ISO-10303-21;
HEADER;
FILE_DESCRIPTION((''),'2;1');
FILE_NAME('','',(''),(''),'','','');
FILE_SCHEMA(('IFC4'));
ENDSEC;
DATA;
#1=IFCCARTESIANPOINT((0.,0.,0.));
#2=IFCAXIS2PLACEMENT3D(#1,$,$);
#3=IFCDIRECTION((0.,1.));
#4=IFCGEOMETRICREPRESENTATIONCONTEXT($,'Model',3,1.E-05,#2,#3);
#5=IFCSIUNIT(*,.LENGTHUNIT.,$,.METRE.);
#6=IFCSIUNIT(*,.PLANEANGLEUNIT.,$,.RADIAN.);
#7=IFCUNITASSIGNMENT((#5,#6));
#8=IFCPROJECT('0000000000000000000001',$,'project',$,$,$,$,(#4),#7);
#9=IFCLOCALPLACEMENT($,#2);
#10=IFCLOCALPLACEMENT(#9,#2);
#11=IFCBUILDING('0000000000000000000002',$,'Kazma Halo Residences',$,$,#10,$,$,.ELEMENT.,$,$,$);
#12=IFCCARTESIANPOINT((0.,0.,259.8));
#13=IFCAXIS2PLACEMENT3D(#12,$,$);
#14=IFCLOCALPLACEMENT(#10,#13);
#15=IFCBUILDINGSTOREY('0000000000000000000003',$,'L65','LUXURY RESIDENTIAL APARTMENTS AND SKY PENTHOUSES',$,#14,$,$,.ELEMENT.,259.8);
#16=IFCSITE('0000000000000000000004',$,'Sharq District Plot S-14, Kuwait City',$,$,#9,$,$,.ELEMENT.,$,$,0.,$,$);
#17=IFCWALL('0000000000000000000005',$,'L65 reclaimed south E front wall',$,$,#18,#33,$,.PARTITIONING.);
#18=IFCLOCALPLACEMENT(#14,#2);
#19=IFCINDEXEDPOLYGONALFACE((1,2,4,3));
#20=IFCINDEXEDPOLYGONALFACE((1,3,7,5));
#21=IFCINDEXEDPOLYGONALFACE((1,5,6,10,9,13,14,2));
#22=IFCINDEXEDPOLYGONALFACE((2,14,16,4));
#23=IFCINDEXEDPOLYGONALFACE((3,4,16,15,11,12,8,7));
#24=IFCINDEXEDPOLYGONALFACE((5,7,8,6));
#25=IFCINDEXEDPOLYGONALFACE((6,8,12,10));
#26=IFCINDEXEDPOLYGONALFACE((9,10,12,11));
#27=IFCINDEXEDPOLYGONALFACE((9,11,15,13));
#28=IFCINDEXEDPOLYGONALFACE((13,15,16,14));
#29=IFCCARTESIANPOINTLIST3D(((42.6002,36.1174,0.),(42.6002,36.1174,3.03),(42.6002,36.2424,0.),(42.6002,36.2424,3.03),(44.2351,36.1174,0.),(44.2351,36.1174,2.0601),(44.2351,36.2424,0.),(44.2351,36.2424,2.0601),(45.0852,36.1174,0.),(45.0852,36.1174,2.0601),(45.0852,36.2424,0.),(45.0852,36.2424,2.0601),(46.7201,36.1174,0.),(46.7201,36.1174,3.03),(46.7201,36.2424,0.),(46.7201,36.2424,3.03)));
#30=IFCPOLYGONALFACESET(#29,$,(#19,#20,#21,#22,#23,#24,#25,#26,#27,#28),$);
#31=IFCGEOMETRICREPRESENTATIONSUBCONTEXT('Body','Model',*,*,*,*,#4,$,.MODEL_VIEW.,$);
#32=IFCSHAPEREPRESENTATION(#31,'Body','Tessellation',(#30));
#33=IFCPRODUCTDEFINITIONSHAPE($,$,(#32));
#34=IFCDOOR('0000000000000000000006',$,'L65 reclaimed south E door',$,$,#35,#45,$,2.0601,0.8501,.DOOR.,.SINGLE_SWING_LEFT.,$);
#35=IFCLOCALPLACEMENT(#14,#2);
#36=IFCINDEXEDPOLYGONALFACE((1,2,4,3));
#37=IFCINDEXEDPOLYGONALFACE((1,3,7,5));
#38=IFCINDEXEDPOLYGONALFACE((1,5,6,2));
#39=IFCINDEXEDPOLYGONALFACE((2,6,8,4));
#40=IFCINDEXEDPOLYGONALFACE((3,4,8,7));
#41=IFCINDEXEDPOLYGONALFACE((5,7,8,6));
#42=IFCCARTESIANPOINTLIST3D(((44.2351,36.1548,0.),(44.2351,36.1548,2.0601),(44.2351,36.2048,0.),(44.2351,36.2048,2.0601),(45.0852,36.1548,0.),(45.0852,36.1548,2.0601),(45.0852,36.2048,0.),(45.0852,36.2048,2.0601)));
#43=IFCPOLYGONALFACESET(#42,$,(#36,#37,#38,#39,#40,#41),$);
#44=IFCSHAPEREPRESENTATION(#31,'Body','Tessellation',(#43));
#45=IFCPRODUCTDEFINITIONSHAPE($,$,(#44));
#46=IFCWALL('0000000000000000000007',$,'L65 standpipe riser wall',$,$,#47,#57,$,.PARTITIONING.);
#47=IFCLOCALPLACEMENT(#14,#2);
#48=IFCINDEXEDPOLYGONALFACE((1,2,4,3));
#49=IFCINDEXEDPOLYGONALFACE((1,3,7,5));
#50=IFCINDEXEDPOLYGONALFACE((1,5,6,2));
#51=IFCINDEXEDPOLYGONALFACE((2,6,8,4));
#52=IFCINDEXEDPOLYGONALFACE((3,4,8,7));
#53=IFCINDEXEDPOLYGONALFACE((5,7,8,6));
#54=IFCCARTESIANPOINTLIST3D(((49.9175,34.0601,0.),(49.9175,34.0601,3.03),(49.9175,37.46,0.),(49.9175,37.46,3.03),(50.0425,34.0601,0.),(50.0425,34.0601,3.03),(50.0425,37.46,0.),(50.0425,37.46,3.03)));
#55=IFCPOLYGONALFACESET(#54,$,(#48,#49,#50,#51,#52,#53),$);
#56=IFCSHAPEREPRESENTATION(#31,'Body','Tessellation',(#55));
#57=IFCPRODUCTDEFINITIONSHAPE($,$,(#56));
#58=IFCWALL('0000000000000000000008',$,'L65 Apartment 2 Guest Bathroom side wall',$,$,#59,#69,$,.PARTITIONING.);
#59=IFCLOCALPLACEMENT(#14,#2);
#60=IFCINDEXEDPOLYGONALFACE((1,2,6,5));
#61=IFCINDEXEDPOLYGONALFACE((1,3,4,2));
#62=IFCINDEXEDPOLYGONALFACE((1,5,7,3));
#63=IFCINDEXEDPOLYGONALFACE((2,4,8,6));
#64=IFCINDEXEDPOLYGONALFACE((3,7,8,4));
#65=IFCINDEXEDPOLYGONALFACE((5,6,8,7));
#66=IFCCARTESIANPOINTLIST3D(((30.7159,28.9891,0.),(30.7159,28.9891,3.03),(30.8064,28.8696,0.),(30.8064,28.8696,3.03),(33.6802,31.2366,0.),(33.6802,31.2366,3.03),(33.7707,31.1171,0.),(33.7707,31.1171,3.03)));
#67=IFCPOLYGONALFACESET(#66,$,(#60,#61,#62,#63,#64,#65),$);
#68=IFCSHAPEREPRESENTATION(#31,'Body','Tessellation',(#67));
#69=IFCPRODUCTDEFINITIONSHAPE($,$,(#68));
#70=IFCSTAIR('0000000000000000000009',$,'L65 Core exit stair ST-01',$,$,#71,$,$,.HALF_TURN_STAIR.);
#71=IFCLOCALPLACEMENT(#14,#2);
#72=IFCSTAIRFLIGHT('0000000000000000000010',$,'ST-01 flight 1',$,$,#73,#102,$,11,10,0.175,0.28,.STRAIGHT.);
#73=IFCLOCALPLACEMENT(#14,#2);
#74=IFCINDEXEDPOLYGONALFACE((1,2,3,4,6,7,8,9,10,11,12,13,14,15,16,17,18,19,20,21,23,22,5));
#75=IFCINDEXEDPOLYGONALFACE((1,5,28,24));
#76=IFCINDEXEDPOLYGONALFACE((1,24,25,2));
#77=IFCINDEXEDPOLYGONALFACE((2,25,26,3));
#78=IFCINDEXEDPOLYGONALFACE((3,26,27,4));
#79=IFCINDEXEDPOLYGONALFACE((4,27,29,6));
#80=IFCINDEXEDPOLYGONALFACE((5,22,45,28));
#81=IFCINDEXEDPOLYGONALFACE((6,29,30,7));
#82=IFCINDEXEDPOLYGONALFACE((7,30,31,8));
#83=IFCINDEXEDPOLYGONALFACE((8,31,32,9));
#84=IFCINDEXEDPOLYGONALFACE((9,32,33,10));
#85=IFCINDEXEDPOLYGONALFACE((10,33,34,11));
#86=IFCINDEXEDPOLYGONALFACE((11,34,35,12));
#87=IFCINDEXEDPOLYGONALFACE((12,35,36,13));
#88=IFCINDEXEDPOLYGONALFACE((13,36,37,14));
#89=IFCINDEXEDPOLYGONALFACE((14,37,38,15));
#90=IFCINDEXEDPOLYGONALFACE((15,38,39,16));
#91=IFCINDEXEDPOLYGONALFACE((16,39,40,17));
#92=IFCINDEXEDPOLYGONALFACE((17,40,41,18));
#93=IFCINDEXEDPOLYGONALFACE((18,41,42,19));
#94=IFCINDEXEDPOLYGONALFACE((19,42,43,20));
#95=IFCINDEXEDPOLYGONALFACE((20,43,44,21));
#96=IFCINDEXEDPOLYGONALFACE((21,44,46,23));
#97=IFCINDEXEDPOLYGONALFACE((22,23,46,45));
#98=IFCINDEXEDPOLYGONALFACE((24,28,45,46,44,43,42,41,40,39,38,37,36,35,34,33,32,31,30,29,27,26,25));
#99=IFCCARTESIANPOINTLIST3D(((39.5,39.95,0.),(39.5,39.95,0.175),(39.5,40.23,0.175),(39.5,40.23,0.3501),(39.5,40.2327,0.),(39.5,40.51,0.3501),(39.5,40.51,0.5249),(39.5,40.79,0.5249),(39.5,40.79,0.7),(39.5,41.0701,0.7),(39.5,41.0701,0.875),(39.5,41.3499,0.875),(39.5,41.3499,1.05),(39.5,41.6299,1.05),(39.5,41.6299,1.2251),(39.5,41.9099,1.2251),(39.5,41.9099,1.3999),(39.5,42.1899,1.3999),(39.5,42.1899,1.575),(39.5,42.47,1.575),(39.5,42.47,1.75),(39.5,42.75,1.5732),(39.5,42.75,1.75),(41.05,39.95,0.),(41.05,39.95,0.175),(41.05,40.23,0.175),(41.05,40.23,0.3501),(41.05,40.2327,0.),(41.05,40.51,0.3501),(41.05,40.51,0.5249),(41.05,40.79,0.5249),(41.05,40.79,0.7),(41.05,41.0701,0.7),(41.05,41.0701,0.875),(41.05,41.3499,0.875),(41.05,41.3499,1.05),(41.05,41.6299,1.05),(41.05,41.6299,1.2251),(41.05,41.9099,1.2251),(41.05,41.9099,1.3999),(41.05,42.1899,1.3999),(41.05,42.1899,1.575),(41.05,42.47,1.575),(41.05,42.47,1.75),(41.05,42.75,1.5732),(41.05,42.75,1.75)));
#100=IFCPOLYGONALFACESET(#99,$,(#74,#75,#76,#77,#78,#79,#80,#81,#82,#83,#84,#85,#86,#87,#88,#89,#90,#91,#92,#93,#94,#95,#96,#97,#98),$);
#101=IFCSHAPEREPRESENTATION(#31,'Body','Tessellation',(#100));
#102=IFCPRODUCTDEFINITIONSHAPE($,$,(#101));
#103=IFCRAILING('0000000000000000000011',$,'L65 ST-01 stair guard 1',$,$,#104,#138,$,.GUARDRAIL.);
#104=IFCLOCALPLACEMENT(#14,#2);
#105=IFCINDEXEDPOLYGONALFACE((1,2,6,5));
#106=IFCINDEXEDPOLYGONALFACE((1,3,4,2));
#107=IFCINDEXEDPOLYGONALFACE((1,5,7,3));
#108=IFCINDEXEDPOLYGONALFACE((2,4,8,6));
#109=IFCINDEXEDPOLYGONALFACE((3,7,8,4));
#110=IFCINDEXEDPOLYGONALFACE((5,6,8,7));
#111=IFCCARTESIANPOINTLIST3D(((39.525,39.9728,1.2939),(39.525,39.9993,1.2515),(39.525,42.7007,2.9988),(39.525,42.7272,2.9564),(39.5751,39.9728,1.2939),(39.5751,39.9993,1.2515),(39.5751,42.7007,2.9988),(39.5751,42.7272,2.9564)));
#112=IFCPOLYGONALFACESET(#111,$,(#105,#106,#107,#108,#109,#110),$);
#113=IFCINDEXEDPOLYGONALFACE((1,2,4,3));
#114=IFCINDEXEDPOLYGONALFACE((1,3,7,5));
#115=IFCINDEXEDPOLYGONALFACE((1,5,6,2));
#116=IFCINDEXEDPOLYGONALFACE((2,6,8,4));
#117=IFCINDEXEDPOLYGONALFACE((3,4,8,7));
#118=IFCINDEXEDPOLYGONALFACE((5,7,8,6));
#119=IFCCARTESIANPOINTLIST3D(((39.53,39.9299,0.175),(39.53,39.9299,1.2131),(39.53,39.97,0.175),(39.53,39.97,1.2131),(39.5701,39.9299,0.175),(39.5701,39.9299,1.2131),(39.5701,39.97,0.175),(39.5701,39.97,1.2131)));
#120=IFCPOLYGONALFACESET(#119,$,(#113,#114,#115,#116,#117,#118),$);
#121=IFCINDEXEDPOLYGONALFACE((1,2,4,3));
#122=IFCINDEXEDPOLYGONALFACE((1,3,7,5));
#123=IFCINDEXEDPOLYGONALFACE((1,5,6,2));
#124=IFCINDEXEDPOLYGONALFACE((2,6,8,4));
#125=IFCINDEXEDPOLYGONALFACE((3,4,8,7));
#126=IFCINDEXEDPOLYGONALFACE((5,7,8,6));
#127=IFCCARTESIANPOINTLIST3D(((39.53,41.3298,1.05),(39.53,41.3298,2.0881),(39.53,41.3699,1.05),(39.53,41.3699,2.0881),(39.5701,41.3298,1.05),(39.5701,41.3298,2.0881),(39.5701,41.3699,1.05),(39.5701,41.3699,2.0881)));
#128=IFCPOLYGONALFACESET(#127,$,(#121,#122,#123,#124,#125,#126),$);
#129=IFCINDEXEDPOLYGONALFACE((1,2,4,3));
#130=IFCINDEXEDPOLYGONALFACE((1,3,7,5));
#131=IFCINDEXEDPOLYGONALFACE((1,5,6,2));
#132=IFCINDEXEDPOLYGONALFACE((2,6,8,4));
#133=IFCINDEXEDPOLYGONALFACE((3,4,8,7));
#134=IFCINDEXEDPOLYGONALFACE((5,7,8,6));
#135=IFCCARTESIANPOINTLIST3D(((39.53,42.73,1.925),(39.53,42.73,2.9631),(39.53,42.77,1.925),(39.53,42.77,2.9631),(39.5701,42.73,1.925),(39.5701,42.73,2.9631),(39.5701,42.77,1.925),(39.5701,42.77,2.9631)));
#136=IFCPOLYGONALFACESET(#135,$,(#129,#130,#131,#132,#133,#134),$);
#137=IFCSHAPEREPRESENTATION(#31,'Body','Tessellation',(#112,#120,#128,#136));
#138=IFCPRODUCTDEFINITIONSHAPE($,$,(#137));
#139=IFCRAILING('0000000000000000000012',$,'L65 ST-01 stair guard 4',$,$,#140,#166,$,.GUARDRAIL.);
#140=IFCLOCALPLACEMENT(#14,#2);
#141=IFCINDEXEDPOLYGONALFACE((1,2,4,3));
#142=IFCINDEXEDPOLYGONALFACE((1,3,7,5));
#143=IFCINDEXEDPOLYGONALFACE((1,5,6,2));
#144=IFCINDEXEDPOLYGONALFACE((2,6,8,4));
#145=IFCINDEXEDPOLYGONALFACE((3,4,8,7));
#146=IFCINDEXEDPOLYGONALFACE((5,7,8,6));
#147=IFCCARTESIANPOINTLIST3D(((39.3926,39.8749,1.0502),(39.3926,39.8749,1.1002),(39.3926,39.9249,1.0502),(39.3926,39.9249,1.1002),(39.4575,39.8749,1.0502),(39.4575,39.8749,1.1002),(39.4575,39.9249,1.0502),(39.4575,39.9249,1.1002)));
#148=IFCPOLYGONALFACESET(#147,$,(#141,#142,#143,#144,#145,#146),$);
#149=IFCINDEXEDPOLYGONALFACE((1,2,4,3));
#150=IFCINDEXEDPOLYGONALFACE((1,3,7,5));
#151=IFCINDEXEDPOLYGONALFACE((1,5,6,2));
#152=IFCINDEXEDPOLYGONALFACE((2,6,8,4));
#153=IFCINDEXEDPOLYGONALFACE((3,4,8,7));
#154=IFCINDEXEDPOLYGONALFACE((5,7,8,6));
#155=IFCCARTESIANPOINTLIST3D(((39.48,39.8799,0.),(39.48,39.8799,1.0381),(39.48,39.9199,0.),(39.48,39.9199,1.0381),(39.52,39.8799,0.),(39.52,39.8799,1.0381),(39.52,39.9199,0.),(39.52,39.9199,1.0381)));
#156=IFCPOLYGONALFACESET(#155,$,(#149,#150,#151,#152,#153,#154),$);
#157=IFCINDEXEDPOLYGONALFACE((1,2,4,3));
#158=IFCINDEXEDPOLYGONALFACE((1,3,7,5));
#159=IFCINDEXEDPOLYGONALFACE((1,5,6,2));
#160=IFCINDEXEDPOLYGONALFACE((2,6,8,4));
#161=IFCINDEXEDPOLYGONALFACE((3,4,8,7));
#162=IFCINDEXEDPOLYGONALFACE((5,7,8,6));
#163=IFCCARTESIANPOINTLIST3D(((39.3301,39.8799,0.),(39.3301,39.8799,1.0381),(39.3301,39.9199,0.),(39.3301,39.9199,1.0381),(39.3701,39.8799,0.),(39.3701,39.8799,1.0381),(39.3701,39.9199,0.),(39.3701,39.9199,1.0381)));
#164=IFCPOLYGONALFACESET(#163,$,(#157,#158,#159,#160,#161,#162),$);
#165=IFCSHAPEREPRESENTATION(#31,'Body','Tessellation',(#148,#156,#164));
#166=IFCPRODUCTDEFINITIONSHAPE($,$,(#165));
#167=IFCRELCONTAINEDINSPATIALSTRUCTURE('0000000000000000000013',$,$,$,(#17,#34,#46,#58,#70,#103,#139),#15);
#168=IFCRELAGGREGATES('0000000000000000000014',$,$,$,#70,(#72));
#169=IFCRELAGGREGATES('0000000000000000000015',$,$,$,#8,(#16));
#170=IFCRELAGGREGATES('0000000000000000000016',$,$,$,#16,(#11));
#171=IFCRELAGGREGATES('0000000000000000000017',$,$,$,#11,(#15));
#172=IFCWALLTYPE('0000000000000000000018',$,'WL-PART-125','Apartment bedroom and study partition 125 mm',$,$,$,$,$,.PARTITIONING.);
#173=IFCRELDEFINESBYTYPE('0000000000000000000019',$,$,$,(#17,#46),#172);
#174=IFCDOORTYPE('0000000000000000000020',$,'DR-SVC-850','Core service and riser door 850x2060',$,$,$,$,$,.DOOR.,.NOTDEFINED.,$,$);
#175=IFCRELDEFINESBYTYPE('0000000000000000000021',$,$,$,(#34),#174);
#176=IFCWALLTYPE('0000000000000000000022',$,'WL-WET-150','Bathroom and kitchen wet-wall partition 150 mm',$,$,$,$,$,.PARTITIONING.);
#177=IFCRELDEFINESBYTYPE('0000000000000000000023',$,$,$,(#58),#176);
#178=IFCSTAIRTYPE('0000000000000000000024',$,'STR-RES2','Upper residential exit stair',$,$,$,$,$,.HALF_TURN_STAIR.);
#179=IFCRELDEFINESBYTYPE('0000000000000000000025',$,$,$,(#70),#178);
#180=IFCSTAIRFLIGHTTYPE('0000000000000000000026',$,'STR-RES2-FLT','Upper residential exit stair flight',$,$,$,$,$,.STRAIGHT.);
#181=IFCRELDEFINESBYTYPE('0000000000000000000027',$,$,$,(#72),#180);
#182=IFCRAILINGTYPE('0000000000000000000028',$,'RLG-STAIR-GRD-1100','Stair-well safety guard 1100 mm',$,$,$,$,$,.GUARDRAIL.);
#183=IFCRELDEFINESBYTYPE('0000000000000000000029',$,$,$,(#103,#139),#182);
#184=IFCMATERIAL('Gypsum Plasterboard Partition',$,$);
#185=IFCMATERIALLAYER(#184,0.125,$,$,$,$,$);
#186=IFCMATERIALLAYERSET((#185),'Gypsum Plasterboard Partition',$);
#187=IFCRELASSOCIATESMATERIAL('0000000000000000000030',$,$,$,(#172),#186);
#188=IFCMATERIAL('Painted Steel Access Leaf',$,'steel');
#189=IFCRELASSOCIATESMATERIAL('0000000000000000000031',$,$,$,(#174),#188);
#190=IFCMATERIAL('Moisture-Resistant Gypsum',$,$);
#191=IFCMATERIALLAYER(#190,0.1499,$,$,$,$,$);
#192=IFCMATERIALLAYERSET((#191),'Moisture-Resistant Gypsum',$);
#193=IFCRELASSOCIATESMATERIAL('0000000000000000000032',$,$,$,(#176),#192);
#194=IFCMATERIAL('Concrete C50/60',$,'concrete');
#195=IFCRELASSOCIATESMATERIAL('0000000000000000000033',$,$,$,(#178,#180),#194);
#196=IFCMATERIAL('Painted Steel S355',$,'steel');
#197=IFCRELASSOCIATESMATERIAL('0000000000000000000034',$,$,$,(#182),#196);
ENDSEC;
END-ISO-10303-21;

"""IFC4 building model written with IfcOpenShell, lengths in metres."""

from ifc_helpers import new_model, si_unit, direction, frame, frame_2d, origin, origin_2d, place, context, subcontext, project, spatial, polyline, rectangle, outline, extrude, material, layer, layer_set, type_object, element, fill, aggregate, save


model = new_model("IFC4")

# Units and contexts
model_context = context("Model", 3, precision=1e-05, world=origin(), true_north=direction((0.0, 1.0)))
body_context = subcontext(model_context, "Body", "Model", "MODEL_VIEW")
ifc_project = project(units=[si_unit("LENGTHUNIT", "METRE"), si_unit("PLANEANGLEUNIT", "RADIAN")], contexts=[model_context])

# Site, building, storey
site_placement = place(None, origin())
site = spatial("IfcSite", under=ifc_project, at=site_placement, Name="Sharq District Plot S-14, Kuwait City", CompositionType="ELEMENT", RefElevation=0.0)
building_placement = place(site_placement, origin())
building = spatial("IfcBuilding", under=site, at=building_placement, Name="Kazma Halo Residences", CompositionType="ELEMENT")
storey_placement = place(building_placement, frame((0.0, 0.0, 259.8)))
storey = spatial("IfcBuildingStorey", under=building, at=storey_placement, Name="L65", Description="LUXURY RESIDENTIAL APARTMENTS AND SKY PENTHOUSES", CompositionType="ELEMENT", Elevation=259.8)

# Shared definitions
ifc_material_1 = material(Name="Gypsum Plasterboard Partition")
ifc_layer_1 = layer(ifc_material_1, 0.125)
ifc_layer_set_1 = layer_set([ifc_layer_1], Name="Gypsum Plasterboard Partition")
wall_type_1 = type_object("IfcWallType", Name="WL-PART-125", Description="Apartment bedroom and study partition 125 mm", PredefinedType="PARTITIONING", material=ifc_layer_set_1)

# Wall, opening, door
ifc_material_2 = material(Name="Painted Steel Access Leaf", Category="steel")
door_type_1 = type_object("IfcDoorType", Name="DR-SVC-850", Description="Core service and riser door 850x2060", OperationType="NOTDEFINED", PredefinedType="DOOR", material=ifc_material_2)
wall_1_placement = place(storey_placement, frame((42.6001, 36.1799, 0.0), z_axis=(0.0, 0.0, 1.0), x_axis=(1.0, 0.0, 0.0)))
wall_1 = element("IfcWall", 1, at=wall_1_placement, inside=storey, type_object=wall_type_1, Name="L65 reclaimed south E front wall", PredefinedType="PARTITIONING", context=body_context, shape_type="SweptSolid", body=[
    extrude(rectangle(XDim=4.1199, YDim=0.125, at=frame_2d((2.0601, 0.0))), origin(), (0.0, 0.0, 1.0), 3.03),
])
opening_1_placement = place(wall_1_placement, frame((1.635, 0.0, 0.0)))
opening_1 = element("IfcOpeningElement", 2, at=opening_1_placement, cuts=wall_1, PredefinedType="OPENING", context=body_context, shape_type="SweptSolid", body=[
    extrude(rectangle(XDim=0.8501, YDim=2.0601, at=frame_2d((0.425, 1.03))), frame((0.0, 0.0725, 0.0), z_axis=(0.0, -1.0, 0.0), x_axis=(1.0, 0.0, 0.0)), (0.0, 0.0, 1.0), 0.145),
])
door_1_placement = place(opening_1_placement, origin())
door_1 = element("IfcDoor", 3, at=door_1_placement, inside=storey, type_object=door_type_1, Name="L65 reclaimed south E door", OperationType="SINGLE_SWING_LEFT", OverallHeight=2.0601, OverallWidth=0.8501, PredefinedType="DOOR", context=body_context, shape_type="SweptSolid", body=[
    extrude(rectangle(XDim=0.8501, YDim=2.0601, at=frame_2d((0.425, 1.03))), frame((0.0, 0.0249, 0.0), z_axis=(0.0, -1.0, 0.0), x_axis=(1.0, 0.0, 0.0)), (0.0, 0.0, 1.0), 0.05),
])
fill(opening_1, door_1)

# Wall
wall_2_placement = place(storey_placement, frame((49.98, 34.0601, 0.0), z_axis=(0.0, 0.0, 1.0), x_axis=(0.0, 1.0, 0.0)))
element("IfcWall", 4, at=wall_2_placement, inside=storey, type_object=wall_type_1, Name="L65 standpipe riser wall", PredefinedType="PARTITIONING", context=body_context, shape_type="SweptSolid", body=[
    extrude(rectangle(XDim=3.3999, YDim=0.125, at=frame_2d((1.7, 0.0))), origin(), (0.0, 0.0, 1.0), 3.03),
])

# Shared definitions
ifc_material_3 = material(Name="Concrete C50/60", Category="concrete")

# Wall
ifc_material_4 = material(Name="Moisture-Resistant Gypsum")
ifc_layer_2 = layer(ifc_material_4, 0.1499)
ifc_layer_set_2 = layer_set([ifc_layer_2], Name="Moisture-Resistant Gypsum")
wall_type_2 = type_object("IfcWallType", Name="WL-WET-150", Description="Bathroom and kitchen wet-wall partition 150 mm", PredefinedType="PARTITIONING", material=ifc_layer_set_2)
wall_3_placement = place(storey_placement, frame((33.7253, 31.1768, 0.0), z_axis=(0.0, 0.0, 1.0), x_axis=(-0.796855, -0.604171, 0.0)))
element("IfcWall", 5, at=wall_3_placement, inside=storey, type_object=wall_type_2, Name="L65 Apartment 2 Guest Bathroom side wall", PredefinedType="PARTITIONING", context=body_context, shape_type="SweptSolid", body=[
    extrude(rectangle(XDim=3.72, YDim=0.1499, at=frame_2d((1.8599, 0.0))), origin(), (0.0, 0.0, 1.0), 3.03),
])

# Stair, stair flight
stair_type = type_object("IfcStairType", Name="STR-RES2", Description="Upper residential exit stair", PredefinedType="HALF_TURN_STAIR", material=ifc_material_3)
stair_placement = place(storey_placement, origin())
stair = element("IfcStair", 6, at=stair_placement, inside=storey, type_object=stair_type, Name="L65 Core exit stair ST-01", PredefinedType="HALF_TURN_STAIR")
stair_flight_type = type_object("IfcStairFlightType", Name="STR-RES2-FLT", Description="Upper residential exit stair flight", PredefinedType="STRAIGHT", material=ifc_material_3)
stair_flight_placement = place(storey_placement, frame((40.2749, 39.95, 0.0), z_axis=(0.0, 0.0, 1.0), x_axis=(0.0, 1.0, 0.0)))
stair_flight = element("IfcStairFlight", 7, at=stair_flight_placement, type_object=stair_flight_type, Name="ST-01 flight 1", NumberOfRisers=11, NumberOfTreads=10, PredefinedType="STRAIGHT", RiserHeight=0.175, TreadLength=0.28, context=body_context, shape_type="SweptSolid", body=[
    extrude(outline(polyline([(0.0, 0.0), (0.0, 0.175), (0.28, 0.175), (0.28, 0.3501), (0.5601, 0.3501), (0.5601, 0.5249), (0.8401, 0.5249), (0.8401, 0.7), (1.1201, 0.7), (1.1201, 0.875), (1.3999, 0.875), (1.3999, 1.05), (1.6799, 1.05), (1.6799, 1.2251), (1.96, 1.2251), (1.96, 1.3999), (2.24, 1.3999), (2.24, 1.575), (2.52, 1.575), (2.52, 1.75), (2.8, 1.75), (2.8, 1.925), (2.8, 1.5732), (0.2827, 0.0), (0.0, 0.0)])), frame((0.0, 0.7749, 0.0), z_axis=(0.0, -1.0, 0.0), x_axis=(1.0, 0.0, 0.0)), (0.0, 0.0, 1.0), 1.55),
])
aggregate(stair, [stair_flight])

# Railings
ifc_material_5 = material(Name="Painted Steel S355", Category="steel")
railing_type = type_object("IfcRailingType", Name="RLG-STAIR-GRD-1100", Description="Stair-well safety guard 1100 mm", PredefinedType="GUARDRAIL", material=ifc_material_5)
railing_1_placement = place(storey_placement, frame((39.55, 39.95, 0.175)))
element("IfcRailing", 8, at=railing_1_placement, inside=storey, type_object=railing_type, Name="L65 ST-01 stair guard 1", PredefinedType="GUARDRAIL", context=body_context, shape_type="SweptSolid", body=[
    extrude(rectangle(XDim=0.05, YDim=0.05, at=origin_2d()), frame((0.0, 0.0361, 1.0977), z_axis=(0.0, 0.848002, 0.529992), x_axis=(-1.0, 0.0, 0.0)), (0.0, 0.0, 1.0), 3.2168),
    extrude(rectangle(XDim=0.04, YDim=0.04, at=origin_2d()), origin(), (0.0, 0.0, 1.0), 1.0381),
    extrude(rectangle(XDim=0.04, YDim=0.04, at=origin_2d()), frame((0.0, 1.3999, 0.875)), (0.0, 0.0, 1.0), 1.0381),
    extrude(rectangle(XDim=0.04, YDim=0.04, at=origin_2d()), frame((0.0, 2.8, 1.75)), (0.0, 0.0, 1.0), 1.0381),
])
railing_2_placement = place(storey_placement, frame((39.5, 39.8999, 0.0)))
element("IfcRailing", 9, at=railing_2_placement, inside=storey, type_object=railing_type, Name="L65 ST-01 stair guard 4", PredefinedType="GUARDRAIL", context=body_context, shape_type="SweptSolid", body=[
    extrude(rectangle(XDim=0.05, YDim=0.05, at=origin_2d()), frame((-0.0425, 0.0, 1.0752), z_axis=(-1.0, 0.0, 0.0), x_axis=(0.0, -1.0, 0.0)), (0.0, 0.0, 1.0), 0.0649),
    extrude(rectangle(XDim=0.04, YDim=0.04, at=origin_2d()), origin(), (0.0, 0.0, 1.0), 1.0381),
    extrude(rectangle(XDim=0.04, YDim=0.04, at=origin_2d()), frame((-0.1499, 0.0, 0.0)), (0.0, 0.0, 1.0), 1.0381),
])

save(model, "model.ifc")
